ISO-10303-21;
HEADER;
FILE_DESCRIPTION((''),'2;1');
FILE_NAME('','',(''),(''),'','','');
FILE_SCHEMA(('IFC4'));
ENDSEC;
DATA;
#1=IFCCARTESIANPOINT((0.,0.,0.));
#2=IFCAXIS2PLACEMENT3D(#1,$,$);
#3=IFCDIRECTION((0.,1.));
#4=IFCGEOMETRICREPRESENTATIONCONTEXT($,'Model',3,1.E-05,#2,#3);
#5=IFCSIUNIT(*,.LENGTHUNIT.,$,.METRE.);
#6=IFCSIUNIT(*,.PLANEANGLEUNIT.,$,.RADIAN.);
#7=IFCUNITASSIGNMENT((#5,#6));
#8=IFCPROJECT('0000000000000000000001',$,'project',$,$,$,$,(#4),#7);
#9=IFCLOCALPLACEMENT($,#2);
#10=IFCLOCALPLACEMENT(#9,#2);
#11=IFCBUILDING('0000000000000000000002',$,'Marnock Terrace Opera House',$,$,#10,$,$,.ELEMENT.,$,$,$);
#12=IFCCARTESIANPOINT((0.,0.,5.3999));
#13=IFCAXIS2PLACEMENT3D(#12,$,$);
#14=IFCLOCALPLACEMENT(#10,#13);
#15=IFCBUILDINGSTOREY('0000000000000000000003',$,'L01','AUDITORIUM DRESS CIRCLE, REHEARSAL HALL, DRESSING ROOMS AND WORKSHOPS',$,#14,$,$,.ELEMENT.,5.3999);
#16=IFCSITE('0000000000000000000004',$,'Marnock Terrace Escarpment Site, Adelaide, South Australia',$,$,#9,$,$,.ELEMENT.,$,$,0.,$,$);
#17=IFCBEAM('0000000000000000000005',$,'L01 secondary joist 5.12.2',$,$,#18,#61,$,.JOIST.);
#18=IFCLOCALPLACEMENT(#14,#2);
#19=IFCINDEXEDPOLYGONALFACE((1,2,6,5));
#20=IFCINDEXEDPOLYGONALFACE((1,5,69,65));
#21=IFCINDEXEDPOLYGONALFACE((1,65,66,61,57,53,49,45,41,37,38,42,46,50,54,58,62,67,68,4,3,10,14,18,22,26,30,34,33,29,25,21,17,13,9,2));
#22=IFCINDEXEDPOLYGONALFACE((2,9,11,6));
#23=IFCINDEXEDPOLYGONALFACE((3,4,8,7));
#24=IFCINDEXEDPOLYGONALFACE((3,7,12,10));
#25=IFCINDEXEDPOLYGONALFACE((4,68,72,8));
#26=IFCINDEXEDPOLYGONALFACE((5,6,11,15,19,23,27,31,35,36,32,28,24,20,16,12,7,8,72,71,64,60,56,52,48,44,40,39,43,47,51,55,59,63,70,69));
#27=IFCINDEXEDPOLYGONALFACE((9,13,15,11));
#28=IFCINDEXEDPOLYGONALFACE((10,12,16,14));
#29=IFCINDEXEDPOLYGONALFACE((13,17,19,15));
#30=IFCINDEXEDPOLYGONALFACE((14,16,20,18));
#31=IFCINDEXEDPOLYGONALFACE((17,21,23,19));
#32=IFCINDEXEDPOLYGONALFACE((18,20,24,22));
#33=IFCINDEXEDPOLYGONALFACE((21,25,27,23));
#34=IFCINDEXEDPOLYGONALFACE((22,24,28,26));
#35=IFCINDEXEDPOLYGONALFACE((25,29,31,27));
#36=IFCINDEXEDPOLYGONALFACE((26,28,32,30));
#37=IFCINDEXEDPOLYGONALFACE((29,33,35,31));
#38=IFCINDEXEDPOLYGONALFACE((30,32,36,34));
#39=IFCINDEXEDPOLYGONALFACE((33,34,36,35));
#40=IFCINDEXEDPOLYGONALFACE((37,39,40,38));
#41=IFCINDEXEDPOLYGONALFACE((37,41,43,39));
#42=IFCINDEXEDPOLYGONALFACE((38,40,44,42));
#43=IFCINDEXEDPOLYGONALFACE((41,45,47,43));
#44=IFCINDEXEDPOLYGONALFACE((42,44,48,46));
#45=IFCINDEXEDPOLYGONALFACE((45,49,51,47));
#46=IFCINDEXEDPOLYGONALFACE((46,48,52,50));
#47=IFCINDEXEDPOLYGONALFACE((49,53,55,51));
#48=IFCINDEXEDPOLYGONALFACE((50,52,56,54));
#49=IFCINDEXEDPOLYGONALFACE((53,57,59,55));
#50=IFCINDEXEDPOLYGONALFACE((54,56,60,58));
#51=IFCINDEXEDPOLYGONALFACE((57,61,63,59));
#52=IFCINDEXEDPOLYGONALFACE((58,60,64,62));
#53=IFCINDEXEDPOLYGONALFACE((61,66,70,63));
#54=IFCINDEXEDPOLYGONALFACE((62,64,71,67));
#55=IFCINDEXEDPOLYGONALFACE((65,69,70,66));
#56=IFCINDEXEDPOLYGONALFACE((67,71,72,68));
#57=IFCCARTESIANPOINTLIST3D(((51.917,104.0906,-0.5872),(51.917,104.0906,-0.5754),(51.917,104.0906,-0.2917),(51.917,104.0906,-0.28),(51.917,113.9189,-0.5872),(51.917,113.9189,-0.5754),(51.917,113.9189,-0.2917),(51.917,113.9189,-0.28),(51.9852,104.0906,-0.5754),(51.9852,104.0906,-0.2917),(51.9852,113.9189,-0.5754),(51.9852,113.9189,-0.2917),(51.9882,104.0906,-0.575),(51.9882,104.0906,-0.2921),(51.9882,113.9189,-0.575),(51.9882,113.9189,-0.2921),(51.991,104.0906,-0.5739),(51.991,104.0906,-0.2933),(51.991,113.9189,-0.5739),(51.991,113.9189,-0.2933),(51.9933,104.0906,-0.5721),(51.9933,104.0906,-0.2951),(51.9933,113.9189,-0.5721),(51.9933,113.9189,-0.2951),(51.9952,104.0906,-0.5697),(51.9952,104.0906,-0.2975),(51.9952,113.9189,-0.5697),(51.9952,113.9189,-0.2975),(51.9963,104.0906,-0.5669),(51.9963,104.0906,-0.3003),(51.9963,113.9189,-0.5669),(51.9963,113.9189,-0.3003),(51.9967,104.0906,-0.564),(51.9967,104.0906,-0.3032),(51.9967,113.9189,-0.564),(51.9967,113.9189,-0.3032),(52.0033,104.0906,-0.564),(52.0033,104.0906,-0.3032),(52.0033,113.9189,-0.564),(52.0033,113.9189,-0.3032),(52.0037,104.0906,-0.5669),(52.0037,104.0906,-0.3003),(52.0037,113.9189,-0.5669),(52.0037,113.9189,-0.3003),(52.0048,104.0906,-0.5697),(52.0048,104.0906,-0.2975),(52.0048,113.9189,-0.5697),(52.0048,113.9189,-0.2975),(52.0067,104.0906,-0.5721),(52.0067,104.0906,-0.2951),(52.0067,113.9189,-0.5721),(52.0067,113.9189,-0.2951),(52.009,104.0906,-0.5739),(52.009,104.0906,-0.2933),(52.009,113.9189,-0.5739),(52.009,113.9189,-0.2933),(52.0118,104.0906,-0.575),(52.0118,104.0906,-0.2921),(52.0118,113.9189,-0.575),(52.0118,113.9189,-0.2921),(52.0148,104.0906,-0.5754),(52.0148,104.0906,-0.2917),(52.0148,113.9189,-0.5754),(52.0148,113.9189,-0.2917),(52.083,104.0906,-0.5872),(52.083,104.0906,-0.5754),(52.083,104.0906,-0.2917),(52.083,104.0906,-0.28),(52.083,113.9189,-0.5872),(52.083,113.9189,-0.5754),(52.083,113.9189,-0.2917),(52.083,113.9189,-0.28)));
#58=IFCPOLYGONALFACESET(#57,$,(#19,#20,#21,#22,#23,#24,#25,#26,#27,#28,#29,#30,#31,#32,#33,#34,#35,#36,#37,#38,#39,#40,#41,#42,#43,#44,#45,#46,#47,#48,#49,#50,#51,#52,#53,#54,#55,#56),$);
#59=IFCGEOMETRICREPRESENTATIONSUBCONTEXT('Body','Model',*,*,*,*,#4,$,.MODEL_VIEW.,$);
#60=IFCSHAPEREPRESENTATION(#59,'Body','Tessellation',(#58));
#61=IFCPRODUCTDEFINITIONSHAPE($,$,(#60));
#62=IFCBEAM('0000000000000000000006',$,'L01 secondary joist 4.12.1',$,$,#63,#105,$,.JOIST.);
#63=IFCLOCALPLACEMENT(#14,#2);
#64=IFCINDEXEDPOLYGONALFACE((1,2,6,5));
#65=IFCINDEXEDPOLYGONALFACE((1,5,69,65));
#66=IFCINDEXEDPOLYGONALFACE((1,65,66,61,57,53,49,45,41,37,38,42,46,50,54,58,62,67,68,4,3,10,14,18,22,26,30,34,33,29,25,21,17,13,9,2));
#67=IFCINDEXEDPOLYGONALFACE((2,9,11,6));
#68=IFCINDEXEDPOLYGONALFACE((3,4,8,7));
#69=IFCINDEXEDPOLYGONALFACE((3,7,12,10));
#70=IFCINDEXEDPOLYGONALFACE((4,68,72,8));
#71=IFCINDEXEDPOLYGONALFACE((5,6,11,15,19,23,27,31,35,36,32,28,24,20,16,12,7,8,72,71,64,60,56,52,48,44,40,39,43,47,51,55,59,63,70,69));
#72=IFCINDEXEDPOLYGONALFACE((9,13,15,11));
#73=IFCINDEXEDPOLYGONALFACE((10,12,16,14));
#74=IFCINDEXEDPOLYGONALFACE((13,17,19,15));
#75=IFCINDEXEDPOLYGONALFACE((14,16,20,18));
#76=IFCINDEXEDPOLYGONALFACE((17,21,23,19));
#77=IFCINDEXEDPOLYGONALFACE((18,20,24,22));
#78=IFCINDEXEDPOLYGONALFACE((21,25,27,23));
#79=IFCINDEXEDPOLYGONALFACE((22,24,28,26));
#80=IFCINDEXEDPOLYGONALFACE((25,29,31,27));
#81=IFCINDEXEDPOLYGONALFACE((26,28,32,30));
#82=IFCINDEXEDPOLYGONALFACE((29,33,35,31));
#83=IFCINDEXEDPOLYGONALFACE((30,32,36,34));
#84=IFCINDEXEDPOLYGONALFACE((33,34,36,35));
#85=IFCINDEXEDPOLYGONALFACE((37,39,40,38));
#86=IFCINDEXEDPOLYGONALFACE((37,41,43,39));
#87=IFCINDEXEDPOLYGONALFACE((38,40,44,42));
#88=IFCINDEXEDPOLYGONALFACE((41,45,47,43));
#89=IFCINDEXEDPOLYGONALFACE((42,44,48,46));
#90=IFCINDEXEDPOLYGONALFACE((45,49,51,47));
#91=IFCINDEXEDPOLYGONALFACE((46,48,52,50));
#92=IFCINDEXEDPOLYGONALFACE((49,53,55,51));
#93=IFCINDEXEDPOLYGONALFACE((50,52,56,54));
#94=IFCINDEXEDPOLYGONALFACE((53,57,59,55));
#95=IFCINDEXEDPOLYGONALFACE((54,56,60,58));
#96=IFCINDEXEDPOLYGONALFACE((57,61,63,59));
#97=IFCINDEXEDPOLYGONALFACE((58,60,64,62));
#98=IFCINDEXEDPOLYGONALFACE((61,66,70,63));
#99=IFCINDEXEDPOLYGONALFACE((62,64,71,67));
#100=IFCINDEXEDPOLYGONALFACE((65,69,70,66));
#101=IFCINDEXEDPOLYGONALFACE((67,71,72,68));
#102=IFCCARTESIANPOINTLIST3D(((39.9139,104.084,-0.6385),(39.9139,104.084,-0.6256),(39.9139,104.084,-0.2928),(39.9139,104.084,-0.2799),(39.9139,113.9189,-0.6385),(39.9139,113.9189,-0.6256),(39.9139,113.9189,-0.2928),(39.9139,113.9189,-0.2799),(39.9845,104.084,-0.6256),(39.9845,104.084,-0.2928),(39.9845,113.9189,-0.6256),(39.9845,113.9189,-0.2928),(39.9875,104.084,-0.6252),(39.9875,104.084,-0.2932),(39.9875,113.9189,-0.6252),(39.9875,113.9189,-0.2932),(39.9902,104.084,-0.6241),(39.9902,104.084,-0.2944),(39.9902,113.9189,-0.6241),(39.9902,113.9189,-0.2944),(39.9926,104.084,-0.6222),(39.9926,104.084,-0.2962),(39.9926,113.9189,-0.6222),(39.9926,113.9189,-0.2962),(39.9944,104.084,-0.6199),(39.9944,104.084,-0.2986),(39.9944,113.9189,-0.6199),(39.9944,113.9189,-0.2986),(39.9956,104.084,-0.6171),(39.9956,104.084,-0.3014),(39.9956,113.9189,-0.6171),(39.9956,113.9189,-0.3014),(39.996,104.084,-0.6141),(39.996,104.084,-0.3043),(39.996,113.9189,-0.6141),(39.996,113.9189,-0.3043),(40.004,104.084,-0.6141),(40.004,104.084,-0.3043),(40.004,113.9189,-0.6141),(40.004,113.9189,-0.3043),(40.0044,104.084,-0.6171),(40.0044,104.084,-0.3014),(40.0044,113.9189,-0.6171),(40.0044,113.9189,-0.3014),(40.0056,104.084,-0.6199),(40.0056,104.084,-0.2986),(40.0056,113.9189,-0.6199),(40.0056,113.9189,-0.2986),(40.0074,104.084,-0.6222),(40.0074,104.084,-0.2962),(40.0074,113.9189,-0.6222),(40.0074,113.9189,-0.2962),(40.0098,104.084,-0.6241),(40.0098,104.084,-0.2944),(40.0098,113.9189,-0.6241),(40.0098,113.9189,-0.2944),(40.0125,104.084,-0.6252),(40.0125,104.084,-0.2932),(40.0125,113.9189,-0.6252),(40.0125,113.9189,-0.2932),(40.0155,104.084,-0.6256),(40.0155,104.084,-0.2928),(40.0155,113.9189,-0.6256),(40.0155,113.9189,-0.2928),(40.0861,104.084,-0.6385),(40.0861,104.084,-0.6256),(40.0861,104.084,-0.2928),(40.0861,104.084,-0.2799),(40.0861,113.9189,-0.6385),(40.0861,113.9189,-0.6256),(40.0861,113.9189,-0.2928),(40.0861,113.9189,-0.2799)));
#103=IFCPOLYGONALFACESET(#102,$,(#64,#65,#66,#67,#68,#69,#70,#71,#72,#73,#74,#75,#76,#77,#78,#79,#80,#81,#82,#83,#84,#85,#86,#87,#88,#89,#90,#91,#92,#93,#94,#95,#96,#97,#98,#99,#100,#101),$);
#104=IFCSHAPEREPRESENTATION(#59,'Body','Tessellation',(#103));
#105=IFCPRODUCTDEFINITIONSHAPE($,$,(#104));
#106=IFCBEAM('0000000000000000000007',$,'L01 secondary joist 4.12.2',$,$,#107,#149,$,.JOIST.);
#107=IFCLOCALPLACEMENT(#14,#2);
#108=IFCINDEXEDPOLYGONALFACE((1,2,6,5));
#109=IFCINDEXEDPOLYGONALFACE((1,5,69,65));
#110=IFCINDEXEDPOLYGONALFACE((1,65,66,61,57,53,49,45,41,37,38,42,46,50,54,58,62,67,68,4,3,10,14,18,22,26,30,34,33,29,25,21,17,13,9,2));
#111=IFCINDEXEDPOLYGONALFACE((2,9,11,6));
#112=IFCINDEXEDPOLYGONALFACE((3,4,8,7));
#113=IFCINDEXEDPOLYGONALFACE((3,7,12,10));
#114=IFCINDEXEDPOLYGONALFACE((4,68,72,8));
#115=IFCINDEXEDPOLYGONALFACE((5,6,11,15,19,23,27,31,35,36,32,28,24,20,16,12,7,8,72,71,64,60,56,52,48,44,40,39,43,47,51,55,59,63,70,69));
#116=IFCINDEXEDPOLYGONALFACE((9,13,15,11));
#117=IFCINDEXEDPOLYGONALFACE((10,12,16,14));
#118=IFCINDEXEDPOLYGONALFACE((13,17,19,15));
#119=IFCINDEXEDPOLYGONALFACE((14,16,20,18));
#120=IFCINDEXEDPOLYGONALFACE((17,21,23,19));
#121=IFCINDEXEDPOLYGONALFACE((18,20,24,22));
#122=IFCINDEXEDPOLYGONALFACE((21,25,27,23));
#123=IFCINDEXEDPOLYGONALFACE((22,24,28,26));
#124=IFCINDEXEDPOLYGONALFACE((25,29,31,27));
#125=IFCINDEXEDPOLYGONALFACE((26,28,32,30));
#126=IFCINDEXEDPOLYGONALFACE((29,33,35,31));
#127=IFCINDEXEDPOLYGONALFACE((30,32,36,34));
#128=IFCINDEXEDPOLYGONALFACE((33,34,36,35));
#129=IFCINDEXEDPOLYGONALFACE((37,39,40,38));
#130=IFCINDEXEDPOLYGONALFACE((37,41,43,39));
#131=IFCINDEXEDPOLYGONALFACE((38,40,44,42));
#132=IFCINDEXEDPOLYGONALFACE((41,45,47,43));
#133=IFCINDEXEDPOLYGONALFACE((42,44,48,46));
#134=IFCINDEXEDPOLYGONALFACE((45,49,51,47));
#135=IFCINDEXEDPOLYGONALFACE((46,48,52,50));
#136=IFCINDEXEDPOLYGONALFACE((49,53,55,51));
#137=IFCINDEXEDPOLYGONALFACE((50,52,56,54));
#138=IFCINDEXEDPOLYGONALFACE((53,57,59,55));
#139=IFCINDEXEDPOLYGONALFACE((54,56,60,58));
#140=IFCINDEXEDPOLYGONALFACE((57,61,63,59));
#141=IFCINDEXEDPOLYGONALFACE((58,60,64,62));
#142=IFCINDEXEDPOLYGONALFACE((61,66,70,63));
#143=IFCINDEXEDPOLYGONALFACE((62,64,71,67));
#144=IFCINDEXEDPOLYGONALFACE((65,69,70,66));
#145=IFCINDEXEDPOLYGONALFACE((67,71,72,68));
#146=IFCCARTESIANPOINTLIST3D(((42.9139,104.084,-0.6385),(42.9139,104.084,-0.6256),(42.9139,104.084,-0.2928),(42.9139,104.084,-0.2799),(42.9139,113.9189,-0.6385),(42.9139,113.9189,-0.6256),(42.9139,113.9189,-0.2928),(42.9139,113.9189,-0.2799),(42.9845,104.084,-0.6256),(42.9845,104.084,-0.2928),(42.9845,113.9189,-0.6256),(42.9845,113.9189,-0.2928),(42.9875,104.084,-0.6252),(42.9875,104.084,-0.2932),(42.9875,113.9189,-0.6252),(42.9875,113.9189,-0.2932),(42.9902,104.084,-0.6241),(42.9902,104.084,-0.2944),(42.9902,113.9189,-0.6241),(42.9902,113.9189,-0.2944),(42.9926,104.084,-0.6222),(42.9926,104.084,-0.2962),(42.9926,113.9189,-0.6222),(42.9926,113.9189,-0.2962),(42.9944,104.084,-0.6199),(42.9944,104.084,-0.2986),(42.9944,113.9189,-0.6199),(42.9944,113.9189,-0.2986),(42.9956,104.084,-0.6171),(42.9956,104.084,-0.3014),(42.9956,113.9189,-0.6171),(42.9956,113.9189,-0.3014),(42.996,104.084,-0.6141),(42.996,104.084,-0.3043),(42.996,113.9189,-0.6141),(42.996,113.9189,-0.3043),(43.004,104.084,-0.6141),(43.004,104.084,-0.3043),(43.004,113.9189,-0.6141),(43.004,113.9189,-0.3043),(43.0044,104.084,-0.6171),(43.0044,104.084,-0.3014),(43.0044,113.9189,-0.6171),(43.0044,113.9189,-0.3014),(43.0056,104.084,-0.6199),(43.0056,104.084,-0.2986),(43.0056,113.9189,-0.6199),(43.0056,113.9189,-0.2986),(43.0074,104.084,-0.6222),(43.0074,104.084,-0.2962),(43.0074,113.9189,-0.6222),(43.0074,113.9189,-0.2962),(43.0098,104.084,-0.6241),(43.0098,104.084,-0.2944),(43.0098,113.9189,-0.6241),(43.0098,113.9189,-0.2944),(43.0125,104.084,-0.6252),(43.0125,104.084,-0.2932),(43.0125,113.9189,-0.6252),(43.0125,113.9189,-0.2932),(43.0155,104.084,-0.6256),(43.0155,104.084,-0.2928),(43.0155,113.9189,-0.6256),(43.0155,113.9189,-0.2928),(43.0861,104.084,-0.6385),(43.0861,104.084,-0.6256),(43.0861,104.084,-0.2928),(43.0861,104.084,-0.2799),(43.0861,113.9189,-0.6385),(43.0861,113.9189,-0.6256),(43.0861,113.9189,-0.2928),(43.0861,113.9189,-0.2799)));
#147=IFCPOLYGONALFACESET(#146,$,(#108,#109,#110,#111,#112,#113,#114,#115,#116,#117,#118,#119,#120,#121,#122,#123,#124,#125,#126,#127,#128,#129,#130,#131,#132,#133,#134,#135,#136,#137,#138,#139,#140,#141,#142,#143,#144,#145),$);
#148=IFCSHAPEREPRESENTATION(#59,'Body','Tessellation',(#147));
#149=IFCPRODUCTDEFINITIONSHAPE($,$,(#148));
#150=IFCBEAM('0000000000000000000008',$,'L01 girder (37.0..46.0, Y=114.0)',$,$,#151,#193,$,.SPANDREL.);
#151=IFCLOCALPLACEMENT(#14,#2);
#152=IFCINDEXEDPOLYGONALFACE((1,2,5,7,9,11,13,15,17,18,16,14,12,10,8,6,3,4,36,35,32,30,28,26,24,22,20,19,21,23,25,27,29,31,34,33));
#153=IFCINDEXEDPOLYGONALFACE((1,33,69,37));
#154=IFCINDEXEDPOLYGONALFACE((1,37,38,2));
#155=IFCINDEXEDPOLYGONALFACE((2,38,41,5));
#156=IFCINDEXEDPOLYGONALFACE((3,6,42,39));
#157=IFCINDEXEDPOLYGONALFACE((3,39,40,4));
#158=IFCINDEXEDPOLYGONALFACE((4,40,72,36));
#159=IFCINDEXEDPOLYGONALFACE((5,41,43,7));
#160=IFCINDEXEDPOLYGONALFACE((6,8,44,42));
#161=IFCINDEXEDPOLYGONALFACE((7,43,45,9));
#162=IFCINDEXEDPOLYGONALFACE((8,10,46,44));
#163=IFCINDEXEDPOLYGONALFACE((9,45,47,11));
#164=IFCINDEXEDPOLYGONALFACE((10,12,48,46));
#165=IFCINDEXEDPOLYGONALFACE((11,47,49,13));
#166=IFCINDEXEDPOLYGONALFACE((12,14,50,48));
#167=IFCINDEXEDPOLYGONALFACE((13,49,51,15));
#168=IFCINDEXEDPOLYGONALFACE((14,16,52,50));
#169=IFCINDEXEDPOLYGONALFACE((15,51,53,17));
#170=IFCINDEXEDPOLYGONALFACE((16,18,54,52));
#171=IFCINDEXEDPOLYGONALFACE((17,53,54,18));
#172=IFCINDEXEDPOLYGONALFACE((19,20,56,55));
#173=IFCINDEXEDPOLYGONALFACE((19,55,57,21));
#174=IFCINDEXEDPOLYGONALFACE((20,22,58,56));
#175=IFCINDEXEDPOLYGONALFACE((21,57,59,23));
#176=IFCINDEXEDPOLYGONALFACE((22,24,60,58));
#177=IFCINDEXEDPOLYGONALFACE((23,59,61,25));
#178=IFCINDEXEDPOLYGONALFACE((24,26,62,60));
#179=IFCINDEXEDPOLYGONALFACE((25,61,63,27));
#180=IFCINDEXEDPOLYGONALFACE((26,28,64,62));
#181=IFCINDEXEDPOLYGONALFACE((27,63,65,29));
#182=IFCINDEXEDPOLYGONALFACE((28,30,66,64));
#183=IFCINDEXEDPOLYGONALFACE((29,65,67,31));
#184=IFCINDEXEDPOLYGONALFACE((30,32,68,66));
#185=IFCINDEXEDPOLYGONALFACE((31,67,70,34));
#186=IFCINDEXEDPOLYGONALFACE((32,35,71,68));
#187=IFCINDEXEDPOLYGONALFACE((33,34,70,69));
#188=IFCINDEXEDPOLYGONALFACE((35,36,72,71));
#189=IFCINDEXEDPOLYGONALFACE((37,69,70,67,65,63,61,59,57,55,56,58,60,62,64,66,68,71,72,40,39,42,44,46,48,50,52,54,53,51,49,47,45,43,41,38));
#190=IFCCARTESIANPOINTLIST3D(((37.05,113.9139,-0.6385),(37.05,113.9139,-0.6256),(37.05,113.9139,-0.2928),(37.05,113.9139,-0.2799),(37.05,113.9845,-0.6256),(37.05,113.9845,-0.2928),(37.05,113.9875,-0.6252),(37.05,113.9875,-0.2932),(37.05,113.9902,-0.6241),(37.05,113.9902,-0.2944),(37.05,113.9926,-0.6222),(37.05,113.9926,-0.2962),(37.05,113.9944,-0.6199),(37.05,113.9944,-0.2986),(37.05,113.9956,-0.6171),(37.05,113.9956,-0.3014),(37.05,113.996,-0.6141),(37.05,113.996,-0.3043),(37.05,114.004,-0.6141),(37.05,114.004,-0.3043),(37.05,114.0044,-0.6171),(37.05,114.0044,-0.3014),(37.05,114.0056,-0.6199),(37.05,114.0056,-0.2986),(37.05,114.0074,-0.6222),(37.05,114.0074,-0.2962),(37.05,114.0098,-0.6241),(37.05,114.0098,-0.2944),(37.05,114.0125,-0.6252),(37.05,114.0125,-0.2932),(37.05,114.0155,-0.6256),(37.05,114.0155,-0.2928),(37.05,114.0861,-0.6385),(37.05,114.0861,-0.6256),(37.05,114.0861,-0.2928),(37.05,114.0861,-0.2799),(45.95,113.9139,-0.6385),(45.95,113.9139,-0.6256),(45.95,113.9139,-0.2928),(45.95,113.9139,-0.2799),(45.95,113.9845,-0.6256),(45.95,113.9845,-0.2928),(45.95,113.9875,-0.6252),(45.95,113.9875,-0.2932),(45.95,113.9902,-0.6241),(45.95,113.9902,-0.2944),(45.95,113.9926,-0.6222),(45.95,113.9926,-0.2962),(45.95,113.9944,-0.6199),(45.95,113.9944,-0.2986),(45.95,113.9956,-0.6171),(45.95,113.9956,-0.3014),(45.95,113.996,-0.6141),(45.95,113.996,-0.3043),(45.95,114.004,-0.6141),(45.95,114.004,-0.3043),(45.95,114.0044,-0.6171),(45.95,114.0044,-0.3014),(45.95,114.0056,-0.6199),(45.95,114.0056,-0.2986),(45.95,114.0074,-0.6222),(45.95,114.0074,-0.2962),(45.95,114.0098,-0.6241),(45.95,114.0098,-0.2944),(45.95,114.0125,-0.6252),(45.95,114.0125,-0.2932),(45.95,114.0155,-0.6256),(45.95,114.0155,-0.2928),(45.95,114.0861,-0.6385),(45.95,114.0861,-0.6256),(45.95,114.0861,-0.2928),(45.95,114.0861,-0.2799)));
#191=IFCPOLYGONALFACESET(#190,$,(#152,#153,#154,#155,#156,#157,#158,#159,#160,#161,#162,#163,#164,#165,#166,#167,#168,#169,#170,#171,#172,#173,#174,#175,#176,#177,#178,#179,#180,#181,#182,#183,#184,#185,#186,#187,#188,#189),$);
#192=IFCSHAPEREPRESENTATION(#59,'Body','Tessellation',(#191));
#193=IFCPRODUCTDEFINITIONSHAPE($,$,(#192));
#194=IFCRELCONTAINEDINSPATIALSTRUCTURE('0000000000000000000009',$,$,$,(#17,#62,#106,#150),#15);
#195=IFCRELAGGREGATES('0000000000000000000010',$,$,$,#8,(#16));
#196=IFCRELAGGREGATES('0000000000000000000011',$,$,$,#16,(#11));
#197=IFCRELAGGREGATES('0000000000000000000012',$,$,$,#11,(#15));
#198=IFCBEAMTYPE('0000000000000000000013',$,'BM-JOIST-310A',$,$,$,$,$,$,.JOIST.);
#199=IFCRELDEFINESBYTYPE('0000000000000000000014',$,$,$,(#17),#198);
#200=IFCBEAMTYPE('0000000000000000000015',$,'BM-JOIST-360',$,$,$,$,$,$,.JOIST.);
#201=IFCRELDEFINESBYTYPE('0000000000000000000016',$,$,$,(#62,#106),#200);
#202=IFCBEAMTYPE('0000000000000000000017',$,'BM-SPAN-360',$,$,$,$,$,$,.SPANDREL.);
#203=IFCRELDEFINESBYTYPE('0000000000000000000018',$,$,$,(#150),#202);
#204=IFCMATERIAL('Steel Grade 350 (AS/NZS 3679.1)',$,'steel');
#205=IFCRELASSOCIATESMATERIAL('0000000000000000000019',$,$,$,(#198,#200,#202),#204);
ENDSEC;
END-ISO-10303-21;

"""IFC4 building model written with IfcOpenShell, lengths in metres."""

from ifc_helpers import new_model, si_unit, direction, frame, origin, origin_2d, place, context, subcontext, project, spatial, i_section, extrude, material, material_profile, profile_set, type_object, element, save


model = new_model("IFC4")

# Units and contexts
model_context = context("Model", 3, precision=1e-05, world=origin(), true_north=direction((0.0, 1.0)))
body_context = subcontext(model_context, "Body", "Model", "MODEL_VIEW")
ifc_project = project(units=[si_unit("LENGTHUNIT", "METRE"), si_unit("PLANEANGLEUNIT", "RADIAN")], contexts=[model_context])

# Site, building, storey
site_placement = place(None, origin())
site = spatial("IfcSite", under=ifc_project, at=site_placement, Name="Marnock Terrace Escarpment Site, Adelaide, South Australia", CompositionType="ELEMENT", RefElevation=0.0)
building_placement = place(site_placement, origin())
building = spatial("IfcBuilding", under=site, at=building_placement, Name="Marnock Terrace Opera House", CompositionType="ELEMENT")
storey_placement = place(building_placement, frame((0.0, 0.0, 5.3999)))
storey = spatial("IfcBuildingStorey", under=building, at=storey_placement, Name="L01", Description="AUDITORIUM DRESS CIRCLE, REHEARSAL HALL, DRESSING ROOMS AND WORKSHOPS", CompositionType="ELEMENT", Elevation=5.3999)

# Beams
ifc_material_1 = material(Name="Steel Grade 350 (AS/NZS 3679.1)", Category="steel")
ifc_material_profile_1 = material_profile(ifc_material_1, i_section(OverallWidth=0.166, OverallDepth=0.3071, WebThickness=0.0066, FlangeThickness=0.0117, FilletRadius=0.0115, at=origin_2d()))
ifc_profile_set_1 = profile_set([ifc_material_profile_1], Name="Steel Grade 350 (AS/NZS 3679.1)")
beam_type_1 = type_object("IfcBeamType", Name="BM-JOIST-310A", PredefinedType="JOIST", material=ifc_profile_set_1)
for number, where, z_axis, x_axis, name in (
    (1, (52.0, 104.0906, -0.4336), (0.0, 1.0, 0.0), (-1.0, 0.0, 0.0), "L01 secondary joist 5.12.2"),
):
    element("IfcBeam", number, at=place(storey_placement, frame(where, z_axis=z_axis, x_axis=x_axis)), inside=storey, type_object=beam_type_1, Name=name, PredefinedType="JOIST", context=body_context, shape_type="SweptSolid", body=[
        extrude(i_section(OverallWidth=0.166, OverallDepth=0.3071, WebThickness=0.0066, FlangeThickness=0.0117, FilletRadius=0.0115, at=origin_2d()), origin(), (0.0, 0.0, 1.0), 9.8284),
    ])
ifc_material_profile_2 = material_profile(ifc_material_1, i_section(OverallWidth=0.1721, OverallDepth=0.3586, WebThickness=0.0081, FlangeThickness=0.0129, FilletRadius=0.0115, at=origin_2d()))
ifc_profile_set_2 = profile_set([ifc_material_profile_2], Name="Steel Grade 350 (AS/NZS 3679.1)")
beam_type_2 = type_object("IfcBeamType", Name="BM-JOIST-360", PredefinedType="JOIST", material=ifc_profile_set_2)
for number, where, z_axis, x_axis, name in (
    (2, (40.0, 104.084, -0.4592), (0.0, 1.0, 0.0), (-1.0, 0.0, 0.0), "L01 secondary joist 4.12.1"),
    (3, (43.0, 104.084, -0.4592), (0.0, 1.0, 0.0), (-1.0, 0.0, 0.0), "L01 secondary joist 4.12.2"),
):
    element("IfcBeam", number, at=place(storey_placement, frame(where, z_axis=z_axis, x_axis=x_axis)), inside=storey, type_object=beam_type_2, Name=name, PredefinedType="JOIST", context=body_context, shape_type="SweptSolid", body=[
        extrude(i_section(OverallWidth=0.1721, OverallDepth=0.3586, WebThickness=0.0081, FlangeThickness=0.0129, FilletRadius=0.0115, at=origin_2d()), origin(), (0.0, 0.0, 1.0), 9.835),
    ])
ifc_material_profile_3 = material_profile(ifc_material_1, i_section(OverallWidth=0.1721, OverallDepth=0.3586, WebThickness=0.0081, FlangeThickness=0.0129, FilletRadius=0.0115, at=origin_2d()))
ifc_profile_set_3 = profile_set([ifc_material_profile_3], Name="Steel Grade 350 (AS/NZS 3679.1)")
beam_type_3 = type_object("IfcBeamType", Name="BM-SPAN-360", PredefinedType="SPANDREL", material=ifc_profile_set_3)
for number, where, z_axis, x_axis, name in (
    (4, (37.05, 114.0, -0.4592), (1.0, 0.0, 0.0), (0.0, 1.0, 0.0), "L01 girder (37.0..46.0, Y=114.0)"),
):
    element("IfcBeam", number, at=place(storey_placement, frame(where, z_axis=z_axis, x_axis=x_axis)), inside=storey, type_object=beam_type_3, Name=name, PredefinedType="SPANDREL", context=body_context, shape_type="SweptSolid", body=[
        extrude(i_section(OverallWidth=0.1721, OverallDepth=0.3586, WebThickness=0.0081, FlangeThickness=0.0129, FilletRadius=0.0115, at=origin_2d()), origin(), (0.0, 0.0, 1.0), 8.8999),
    ])

save(model, "model.ifc")
